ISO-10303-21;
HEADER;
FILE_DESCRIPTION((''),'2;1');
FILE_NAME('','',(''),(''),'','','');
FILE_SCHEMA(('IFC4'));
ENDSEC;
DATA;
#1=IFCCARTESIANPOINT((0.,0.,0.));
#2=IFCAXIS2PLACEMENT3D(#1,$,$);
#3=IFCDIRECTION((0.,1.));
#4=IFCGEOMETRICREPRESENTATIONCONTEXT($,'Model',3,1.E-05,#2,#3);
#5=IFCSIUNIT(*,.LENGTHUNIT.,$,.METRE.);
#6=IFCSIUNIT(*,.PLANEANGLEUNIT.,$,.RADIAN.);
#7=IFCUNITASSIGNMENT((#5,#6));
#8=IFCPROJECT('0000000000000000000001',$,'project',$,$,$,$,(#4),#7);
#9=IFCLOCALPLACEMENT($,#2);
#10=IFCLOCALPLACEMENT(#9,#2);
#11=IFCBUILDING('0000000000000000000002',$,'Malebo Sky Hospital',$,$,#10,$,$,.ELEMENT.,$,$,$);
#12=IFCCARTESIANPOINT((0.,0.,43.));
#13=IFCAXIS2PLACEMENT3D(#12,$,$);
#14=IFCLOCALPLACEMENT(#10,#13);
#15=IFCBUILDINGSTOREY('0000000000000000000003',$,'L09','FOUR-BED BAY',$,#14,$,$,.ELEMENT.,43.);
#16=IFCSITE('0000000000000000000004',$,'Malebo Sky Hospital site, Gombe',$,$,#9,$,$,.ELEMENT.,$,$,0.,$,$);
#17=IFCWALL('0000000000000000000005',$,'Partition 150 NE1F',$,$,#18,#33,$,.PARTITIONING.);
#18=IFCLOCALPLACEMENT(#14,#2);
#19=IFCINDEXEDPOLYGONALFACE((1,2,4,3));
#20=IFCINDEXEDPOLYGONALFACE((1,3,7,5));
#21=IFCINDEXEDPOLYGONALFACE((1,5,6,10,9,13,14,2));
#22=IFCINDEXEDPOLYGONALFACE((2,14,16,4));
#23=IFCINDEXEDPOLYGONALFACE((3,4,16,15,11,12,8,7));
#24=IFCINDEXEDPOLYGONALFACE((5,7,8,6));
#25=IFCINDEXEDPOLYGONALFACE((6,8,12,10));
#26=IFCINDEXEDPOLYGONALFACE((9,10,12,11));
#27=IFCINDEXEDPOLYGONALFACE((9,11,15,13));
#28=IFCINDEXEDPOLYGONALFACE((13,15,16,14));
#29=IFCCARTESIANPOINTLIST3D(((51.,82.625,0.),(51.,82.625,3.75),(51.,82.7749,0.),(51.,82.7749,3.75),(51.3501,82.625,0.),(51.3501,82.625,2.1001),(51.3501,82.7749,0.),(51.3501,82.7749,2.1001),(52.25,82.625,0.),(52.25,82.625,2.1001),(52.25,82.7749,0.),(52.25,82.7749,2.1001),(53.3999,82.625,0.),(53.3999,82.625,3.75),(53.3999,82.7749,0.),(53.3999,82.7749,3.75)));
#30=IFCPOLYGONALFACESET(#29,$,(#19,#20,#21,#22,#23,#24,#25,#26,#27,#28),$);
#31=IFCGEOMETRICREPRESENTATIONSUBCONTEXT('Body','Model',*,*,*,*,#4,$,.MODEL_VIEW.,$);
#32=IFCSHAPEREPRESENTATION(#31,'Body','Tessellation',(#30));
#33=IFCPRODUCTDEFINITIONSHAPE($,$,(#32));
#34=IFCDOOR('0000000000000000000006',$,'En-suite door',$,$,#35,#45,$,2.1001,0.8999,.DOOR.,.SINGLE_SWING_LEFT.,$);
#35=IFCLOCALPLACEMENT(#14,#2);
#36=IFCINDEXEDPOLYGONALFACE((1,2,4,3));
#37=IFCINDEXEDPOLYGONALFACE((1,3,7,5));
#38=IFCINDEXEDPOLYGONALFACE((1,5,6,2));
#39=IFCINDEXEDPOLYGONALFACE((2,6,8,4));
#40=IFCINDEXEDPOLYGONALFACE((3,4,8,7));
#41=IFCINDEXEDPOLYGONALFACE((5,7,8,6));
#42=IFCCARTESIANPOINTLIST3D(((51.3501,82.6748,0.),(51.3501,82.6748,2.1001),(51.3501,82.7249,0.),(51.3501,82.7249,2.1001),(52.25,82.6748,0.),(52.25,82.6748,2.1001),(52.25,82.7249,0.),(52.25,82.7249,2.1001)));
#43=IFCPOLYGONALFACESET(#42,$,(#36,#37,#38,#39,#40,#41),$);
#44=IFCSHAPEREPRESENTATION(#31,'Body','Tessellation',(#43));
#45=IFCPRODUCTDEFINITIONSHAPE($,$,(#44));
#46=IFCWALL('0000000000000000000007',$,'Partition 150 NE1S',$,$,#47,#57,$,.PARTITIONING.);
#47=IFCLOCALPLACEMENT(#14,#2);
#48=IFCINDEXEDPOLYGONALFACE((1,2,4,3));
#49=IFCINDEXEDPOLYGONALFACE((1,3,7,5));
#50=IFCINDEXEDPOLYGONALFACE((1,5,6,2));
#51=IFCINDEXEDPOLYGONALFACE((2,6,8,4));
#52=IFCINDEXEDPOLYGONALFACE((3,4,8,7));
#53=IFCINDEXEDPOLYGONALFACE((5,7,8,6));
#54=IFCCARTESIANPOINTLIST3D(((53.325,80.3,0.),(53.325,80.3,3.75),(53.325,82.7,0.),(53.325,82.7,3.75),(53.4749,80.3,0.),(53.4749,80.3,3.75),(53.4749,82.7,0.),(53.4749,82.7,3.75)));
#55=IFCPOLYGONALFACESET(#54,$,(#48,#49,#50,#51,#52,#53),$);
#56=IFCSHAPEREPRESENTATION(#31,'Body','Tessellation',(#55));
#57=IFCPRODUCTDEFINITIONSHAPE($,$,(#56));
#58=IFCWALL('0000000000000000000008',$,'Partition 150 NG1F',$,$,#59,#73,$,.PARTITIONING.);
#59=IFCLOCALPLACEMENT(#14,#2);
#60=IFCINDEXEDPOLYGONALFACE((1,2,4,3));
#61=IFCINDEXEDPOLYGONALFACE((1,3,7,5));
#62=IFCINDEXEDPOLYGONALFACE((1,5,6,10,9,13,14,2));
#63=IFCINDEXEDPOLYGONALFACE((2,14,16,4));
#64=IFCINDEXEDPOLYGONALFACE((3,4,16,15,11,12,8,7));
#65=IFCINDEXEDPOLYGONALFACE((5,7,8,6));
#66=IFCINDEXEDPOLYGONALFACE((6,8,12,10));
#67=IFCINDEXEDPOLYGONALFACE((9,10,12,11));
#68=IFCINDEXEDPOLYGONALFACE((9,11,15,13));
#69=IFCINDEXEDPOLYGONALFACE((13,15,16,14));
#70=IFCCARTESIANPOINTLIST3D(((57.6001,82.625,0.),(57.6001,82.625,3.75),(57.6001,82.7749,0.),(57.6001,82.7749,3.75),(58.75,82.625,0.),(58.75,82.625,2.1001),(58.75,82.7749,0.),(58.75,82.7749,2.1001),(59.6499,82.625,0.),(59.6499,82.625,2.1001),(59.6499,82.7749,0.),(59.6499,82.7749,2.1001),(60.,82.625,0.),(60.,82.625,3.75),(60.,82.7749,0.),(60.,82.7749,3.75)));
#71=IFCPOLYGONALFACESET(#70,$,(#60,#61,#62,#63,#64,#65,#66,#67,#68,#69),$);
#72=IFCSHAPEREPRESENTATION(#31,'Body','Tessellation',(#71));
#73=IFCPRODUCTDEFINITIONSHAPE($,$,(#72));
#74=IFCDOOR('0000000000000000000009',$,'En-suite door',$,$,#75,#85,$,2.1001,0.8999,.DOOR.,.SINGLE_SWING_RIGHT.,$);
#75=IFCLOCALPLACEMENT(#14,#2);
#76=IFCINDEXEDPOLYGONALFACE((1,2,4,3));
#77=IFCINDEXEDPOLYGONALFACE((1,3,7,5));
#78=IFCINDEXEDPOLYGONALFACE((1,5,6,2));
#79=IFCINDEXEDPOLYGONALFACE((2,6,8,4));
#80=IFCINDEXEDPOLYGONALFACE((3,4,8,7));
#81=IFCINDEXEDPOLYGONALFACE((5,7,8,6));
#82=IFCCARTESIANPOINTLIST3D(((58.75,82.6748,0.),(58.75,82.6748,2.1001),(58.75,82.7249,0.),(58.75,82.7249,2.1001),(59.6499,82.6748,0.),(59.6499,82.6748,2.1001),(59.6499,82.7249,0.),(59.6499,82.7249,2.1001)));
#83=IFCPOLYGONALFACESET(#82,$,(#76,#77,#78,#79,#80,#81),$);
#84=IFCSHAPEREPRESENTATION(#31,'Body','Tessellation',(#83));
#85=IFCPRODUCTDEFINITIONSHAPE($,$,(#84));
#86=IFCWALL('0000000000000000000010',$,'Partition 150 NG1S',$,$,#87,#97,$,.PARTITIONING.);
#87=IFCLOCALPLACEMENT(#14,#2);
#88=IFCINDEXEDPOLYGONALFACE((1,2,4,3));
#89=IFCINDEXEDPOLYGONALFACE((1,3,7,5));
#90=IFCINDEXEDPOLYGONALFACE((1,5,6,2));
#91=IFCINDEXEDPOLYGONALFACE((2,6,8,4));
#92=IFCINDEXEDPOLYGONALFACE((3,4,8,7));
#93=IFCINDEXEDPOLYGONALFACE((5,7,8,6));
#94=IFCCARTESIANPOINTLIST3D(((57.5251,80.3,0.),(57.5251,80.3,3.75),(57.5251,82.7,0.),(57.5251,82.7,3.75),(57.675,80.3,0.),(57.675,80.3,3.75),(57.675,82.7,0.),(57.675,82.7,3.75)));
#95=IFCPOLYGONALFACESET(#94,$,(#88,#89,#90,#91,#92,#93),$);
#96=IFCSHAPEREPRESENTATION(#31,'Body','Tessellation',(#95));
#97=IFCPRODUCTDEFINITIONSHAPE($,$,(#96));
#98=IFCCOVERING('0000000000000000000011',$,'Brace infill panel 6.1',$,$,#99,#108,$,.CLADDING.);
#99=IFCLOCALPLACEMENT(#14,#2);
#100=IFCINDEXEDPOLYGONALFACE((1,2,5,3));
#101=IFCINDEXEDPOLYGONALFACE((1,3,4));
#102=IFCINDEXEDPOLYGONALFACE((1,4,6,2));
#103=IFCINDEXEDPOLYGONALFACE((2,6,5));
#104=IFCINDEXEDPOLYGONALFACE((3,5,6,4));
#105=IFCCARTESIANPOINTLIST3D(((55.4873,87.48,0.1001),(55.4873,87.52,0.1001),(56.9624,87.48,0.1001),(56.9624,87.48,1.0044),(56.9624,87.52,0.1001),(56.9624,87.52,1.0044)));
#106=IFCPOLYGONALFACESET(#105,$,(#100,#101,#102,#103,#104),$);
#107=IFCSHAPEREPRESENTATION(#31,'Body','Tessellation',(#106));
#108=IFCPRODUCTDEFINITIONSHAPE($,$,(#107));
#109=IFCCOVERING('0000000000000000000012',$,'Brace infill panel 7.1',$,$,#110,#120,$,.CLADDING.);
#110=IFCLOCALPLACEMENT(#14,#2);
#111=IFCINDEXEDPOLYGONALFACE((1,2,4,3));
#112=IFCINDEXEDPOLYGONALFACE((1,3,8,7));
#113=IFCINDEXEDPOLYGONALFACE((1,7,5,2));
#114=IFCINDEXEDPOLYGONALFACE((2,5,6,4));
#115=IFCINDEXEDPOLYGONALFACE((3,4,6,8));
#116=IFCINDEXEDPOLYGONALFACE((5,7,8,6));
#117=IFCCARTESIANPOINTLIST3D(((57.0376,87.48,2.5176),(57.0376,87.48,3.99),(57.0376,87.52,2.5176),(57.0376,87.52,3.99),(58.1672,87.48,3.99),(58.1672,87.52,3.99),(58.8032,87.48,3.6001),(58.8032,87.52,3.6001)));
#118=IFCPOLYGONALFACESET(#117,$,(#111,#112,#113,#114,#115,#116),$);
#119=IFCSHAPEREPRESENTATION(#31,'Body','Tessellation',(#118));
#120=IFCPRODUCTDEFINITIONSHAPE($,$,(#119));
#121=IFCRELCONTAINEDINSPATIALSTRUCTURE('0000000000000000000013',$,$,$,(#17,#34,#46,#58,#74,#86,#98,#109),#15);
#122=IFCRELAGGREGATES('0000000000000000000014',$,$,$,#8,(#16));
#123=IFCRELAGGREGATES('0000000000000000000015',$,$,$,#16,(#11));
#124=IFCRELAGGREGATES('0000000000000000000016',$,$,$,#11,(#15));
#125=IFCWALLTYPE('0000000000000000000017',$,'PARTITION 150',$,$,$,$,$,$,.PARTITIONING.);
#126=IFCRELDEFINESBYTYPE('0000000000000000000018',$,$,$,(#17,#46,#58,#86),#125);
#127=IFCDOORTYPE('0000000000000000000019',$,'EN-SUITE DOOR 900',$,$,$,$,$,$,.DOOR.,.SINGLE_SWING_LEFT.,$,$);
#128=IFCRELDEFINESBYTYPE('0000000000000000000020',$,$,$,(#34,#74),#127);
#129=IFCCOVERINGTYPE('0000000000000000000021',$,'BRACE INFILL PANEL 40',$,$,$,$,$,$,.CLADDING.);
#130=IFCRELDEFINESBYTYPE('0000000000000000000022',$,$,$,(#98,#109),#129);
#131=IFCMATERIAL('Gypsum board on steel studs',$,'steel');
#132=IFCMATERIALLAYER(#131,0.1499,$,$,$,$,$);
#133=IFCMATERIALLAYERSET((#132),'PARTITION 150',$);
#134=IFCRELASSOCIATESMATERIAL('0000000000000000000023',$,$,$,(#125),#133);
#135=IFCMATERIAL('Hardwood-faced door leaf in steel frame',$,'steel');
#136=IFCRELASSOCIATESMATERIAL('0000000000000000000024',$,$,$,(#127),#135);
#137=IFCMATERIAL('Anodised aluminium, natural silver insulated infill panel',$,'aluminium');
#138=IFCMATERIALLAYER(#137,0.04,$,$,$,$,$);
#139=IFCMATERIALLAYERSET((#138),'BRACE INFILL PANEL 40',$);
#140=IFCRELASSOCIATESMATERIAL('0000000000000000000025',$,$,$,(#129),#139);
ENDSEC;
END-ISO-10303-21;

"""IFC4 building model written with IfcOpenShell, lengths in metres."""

from ifc_helpers import new_model, si_unit, direction, frame, frame_2d, origin, place, context, subcontext, project, spatial, polyline, rectangle, outline, extrude, material, layer, layer_set, type_object, element, fill, save


model = new_model("IFC4")

# Units and contexts
model_context = context("Model", 3, precision=1e-05, world=origin(), true_north=direction((0.0, 1.0)))
body_context = subcontext(model_context, "Body", "Model", "MODEL_VIEW")
ifc_project = project(units=[si_unit("LENGTHUNIT", "METRE"), si_unit("PLANEANGLEUNIT", "RADIAN")], contexts=[model_context])

# Site, building, storey
site_placement = place(None, origin())
site = spatial("IfcSite", under=ifc_project, at=site_placement, Name="Malebo Sky Hospital site, Gombe", CompositionType="ELEMENT", RefElevation=0.0)
building_placement = place(site_placement, origin())
building = spatial("IfcBuilding", under=site, at=building_placement, Name="Malebo Sky Hospital", CompositionType="ELEMENT")
storey_placement = place(building_placement, frame((0.0, 0.0, 43.0)))
storey = spatial("IfcBuildingStorey", under=building, at=storey_placement, Name="L09", Description="FOUR-BED BAY", CompositionType="ELEMENT", Elevation=43.0)

# Shared definitions
ifc_material_1 = material(Name="Gypsum board on steel studs", Category="steel")
ifc_layer_1 = layer(ifc_material_1, 0.1499)
ifc_layer_set_1 = layer_set([ifc_layer_1], Name="PARTITION 150")
wall_type = type_object("IfcWallType", Name="PARTITION 150", PredefinedType="PARTITIONING", material=ifc_layer_set_1)

# Shared definitions
ifc_material_2 = material(Name="Hardwood-faced door leaf in steel frame", Category="steel")
door_type = type_object("IfcDoorType", Name="EN-SUITE DOOR 900", OperationType="SINGLE_SWING_LEFT", PredefinedType="DOOR", material=ifc_material_2)

# Wall, opening, door
wall_1_placement = place(storey_placement, frame((51.0, 82.7, 0.0), z_axis=(0.0, 0.0, 1.0), x_axis=(1.0, 0.0, 0.0)))
wall_1 = element("IfcWall", 1, at=wall_1_placement, inside=storey, type_object=wall_type, Name="Partition 150 NE1F", PredefinedType="PARTITIONING", context=body_context, shape_type="SweptSolid", body=[
    extrude(rectangle(XDim=2.3999, YDim=0.1499, at=frame_2d((1.2, 0.0))), origin(), (0.0, 0.0, 1.0), 3.75),
])
opening_1_placement = place(wall_1_placement, frame((0.3501, 0.0, 0.0)))
opening_1 = element("IfcOpeningElement", 2, at=opening_1_placement, cuts=wall_1, PredefinedType="OPENING", context=body_context, shape_type="SweptSolid", body=[
    extrude(rectangle(XDim=0.8999, YDim=2.1001, at=frame_2d((0.45, 1.05))), frame((0.0, 0.085, 0.0), z_axis=(0.0, -1.0, 0.0), x_axis=(1.0, 0.0, 0.0)), (0.0, 0.0, 1.0), 0.1699),
])
door_1_placement = place(opening_1_placement, origin())
door_1 = element("IfcDoor", 3, at=door_1_placement, inside=storey, type_object=door_type, Name="En-suite door", OperationType="SINGLE_SWING_LEFT", OverallHeight=2.1001, OverallWidth=0.8999, PredefinedType="DOOR", context=body_context, shape_type="SweptSolid", body=[
    extrude(rectangle(XDim=0.8999, YDim=2.1001, at=frame_2d((0.45, 1.05))), frame((0.0, 0.0249, 0.0), z_axis=(0.0, -1.0, 0.0), x_axis=(1.0, 0.0, 0.0)), (0.0, 0.0, 1.0), 0.05),
])
fill(opening_1, door_1)

# Wall
wall_2_placement = place(storey_placement, frame((53.3999, 80.3, 0.0), z_axis=(0.0, 0.0, 1.0), x_axis=(0.0, 1.0, 0.0)))
element("IfcWall", 4, at=wall_2_placement, inside=storey, type_object=wall_type, Name="Partition 150 NE1S", PredefinedType="PARTITIONING", context=body_context, shape_type="SweptSolid", body=[
    extrude(rectangle(XDim=2.3999, YDim=0.1499, at=frame_2d((1.2, 0.0))), origin(), (0.0, 0.0, 1.0), 3.75),
])

# Wall, opening, door
wall_3_placement = place(storey_placement, frame((57.6001, 82.7, 0.0), z_axis=(0.0, 0.0, 1.0), x_axis=(1.0, 0.0, 0.0)))
wall_3 = element("IfcWall", 5, at=wall_3_placement, inside=storey, type_object=wall_type, Name="Partition 150 NG1F", PredefinedType="PARTITIONING", context=body_context, shape_type="SweptSolid", body=[
    extrude(rectangle(XDim=2.3999, YDim=0.1499, at=frame_2d((1.2, 0.0))), origin(), (0.0, 0.0, 1.0), 3.75),
])
opening_2_placement = place(wall_3_placement, frame((1.1499, 0.0, 0.0)))
opening_2 = element("IfcOpeningElement", 6, at=opening_2_placement, cuts=wall_3, PredefinedType="OPENING", context=body_context, shape_type="SweptSolid", body=[
    extrude(rectangle(XDim=0.8999, YDim=2.1001, at=frame_2d((0.45, 1.05))), frame((0.0, 0.085, 0.0), z_axis=(0.0, -1.0, 0.0), x_axis=(1.0, 0.0, 0.0)), (0.0, 0.0, 1.0), 0.1699),
])
door_2_placement = place(opening_2_placement, origin())
door_2 = element("IfcDoor", 7, at=door_2_placement, inside=storey, type_object=door_type, Name="En-suite door", OperationType="SINGLE_SWING_RIGHT", OverallHeight=2.1001, OverallWidth=0.8999, PredefinedType="DOOR", context=body_context, shape_type="SweptSolid", body=[
    extrude(rectangle(XDim=0.8999, YDim=2.1001, at=frame_2d((0.45, 1.05))), frame((0.0, 0.0249, 0.0), z_axis=(0.0, -1.0, 0.0), x_axis=(1.0, 0.0, 0.0)), (0.0, 0.0, 1.0), 0.05),
])
fill(opening_2, door_2)

# Wall
wall_4_placement = place(storey_placement, frame((57.6001, 80.3, 0.0), z_axis=(0.0, 0.0, 1.0), x_axis=(0.0, 1.0, 0.0)))
element("IfcWall", 8, at=wall_4_placement, inside=storey, type_object=wall_type, Name="Partition 150 NG1S", PredefinedType="PARTITIONING", context=body_context, shape_type="SweptSolid", body=[
    extrude(rectangle(XDim=2.3999, YDim=0.1499, at=frame_2d((1.2, 0.0))), origin(), (0.0, 0.0, 1.0), 3.75),
])

# Coverings
ifc_material_3 = material(Name="Anodised aluminium, natural silver insulated infill panel", Category="aluminium")
ifc_layer_2 = layer(ifc_material_3, 0.04)
ifc_layer_set_2 = layer_set([ifc_layer_2], Name="BRACE INFILL PANEL 40")
covering_type = type_object("IfcCoveringType", Name="BRACE INFILL PANEL 40", PredefinedType="CLADDING", material=ifc_layer_set_2)
covering_1_placement = place(storey_placement, frame((56.2249, 87.5, 0.1001), z_axis=(0.0, 0.0, 1.0), x_axis=(1.0, 0.0, 0.0)))
element("IfcCovering", 9, at=covering_1_placement, inside=storey, type_object=covering_type, Name="Brace infill panel 6.1", PredefinedType="CLADDING", context=body_context, shape_type="SweptSolid", body=[
    extrude(outline(polyline([(-0.7375, 0.0), (0.7375, 0.0), (0.7375, 0.9043), (-0.7375, 0.0)])), frame((0.0, 0.02, 0.0), z_axis=(0.0, -1.0, 0.0), x_axis=(1.0, 0.0, 0.0)), (0.0, 0.0, 1.0), 0.04),
])
covering_2_placement = place(storey_placement, frame((57.9204, 87.5, 2.5176), z_axis=(0.0, 0.0, 1.0), x_axis=(1.0, 0.0, 0.0)))
element("IfcCovering", 10, at=covering_2_placement, inside=storey, type_object=covering_type, Name="Brace infill panel 7.1", PredefinedType="CLADDING", context=body_context, shape_type="SweptSolid", body=[
    extrude(outline(polyline([(-0.8828, 0.0), (0.8828, 1.0825), (0.2468, 1.4724), (-0.8828, 1.4724), (-0.8828, 0.0)])), frame((0.0, 0.02, 0.0), z_axis=(0.0, -1.0, 0.0), x_axis=(1.0, 0.0, 0.0)), (0.0, 0.0, 1.0), 0.04),
])

save(model, "model.ifc")
